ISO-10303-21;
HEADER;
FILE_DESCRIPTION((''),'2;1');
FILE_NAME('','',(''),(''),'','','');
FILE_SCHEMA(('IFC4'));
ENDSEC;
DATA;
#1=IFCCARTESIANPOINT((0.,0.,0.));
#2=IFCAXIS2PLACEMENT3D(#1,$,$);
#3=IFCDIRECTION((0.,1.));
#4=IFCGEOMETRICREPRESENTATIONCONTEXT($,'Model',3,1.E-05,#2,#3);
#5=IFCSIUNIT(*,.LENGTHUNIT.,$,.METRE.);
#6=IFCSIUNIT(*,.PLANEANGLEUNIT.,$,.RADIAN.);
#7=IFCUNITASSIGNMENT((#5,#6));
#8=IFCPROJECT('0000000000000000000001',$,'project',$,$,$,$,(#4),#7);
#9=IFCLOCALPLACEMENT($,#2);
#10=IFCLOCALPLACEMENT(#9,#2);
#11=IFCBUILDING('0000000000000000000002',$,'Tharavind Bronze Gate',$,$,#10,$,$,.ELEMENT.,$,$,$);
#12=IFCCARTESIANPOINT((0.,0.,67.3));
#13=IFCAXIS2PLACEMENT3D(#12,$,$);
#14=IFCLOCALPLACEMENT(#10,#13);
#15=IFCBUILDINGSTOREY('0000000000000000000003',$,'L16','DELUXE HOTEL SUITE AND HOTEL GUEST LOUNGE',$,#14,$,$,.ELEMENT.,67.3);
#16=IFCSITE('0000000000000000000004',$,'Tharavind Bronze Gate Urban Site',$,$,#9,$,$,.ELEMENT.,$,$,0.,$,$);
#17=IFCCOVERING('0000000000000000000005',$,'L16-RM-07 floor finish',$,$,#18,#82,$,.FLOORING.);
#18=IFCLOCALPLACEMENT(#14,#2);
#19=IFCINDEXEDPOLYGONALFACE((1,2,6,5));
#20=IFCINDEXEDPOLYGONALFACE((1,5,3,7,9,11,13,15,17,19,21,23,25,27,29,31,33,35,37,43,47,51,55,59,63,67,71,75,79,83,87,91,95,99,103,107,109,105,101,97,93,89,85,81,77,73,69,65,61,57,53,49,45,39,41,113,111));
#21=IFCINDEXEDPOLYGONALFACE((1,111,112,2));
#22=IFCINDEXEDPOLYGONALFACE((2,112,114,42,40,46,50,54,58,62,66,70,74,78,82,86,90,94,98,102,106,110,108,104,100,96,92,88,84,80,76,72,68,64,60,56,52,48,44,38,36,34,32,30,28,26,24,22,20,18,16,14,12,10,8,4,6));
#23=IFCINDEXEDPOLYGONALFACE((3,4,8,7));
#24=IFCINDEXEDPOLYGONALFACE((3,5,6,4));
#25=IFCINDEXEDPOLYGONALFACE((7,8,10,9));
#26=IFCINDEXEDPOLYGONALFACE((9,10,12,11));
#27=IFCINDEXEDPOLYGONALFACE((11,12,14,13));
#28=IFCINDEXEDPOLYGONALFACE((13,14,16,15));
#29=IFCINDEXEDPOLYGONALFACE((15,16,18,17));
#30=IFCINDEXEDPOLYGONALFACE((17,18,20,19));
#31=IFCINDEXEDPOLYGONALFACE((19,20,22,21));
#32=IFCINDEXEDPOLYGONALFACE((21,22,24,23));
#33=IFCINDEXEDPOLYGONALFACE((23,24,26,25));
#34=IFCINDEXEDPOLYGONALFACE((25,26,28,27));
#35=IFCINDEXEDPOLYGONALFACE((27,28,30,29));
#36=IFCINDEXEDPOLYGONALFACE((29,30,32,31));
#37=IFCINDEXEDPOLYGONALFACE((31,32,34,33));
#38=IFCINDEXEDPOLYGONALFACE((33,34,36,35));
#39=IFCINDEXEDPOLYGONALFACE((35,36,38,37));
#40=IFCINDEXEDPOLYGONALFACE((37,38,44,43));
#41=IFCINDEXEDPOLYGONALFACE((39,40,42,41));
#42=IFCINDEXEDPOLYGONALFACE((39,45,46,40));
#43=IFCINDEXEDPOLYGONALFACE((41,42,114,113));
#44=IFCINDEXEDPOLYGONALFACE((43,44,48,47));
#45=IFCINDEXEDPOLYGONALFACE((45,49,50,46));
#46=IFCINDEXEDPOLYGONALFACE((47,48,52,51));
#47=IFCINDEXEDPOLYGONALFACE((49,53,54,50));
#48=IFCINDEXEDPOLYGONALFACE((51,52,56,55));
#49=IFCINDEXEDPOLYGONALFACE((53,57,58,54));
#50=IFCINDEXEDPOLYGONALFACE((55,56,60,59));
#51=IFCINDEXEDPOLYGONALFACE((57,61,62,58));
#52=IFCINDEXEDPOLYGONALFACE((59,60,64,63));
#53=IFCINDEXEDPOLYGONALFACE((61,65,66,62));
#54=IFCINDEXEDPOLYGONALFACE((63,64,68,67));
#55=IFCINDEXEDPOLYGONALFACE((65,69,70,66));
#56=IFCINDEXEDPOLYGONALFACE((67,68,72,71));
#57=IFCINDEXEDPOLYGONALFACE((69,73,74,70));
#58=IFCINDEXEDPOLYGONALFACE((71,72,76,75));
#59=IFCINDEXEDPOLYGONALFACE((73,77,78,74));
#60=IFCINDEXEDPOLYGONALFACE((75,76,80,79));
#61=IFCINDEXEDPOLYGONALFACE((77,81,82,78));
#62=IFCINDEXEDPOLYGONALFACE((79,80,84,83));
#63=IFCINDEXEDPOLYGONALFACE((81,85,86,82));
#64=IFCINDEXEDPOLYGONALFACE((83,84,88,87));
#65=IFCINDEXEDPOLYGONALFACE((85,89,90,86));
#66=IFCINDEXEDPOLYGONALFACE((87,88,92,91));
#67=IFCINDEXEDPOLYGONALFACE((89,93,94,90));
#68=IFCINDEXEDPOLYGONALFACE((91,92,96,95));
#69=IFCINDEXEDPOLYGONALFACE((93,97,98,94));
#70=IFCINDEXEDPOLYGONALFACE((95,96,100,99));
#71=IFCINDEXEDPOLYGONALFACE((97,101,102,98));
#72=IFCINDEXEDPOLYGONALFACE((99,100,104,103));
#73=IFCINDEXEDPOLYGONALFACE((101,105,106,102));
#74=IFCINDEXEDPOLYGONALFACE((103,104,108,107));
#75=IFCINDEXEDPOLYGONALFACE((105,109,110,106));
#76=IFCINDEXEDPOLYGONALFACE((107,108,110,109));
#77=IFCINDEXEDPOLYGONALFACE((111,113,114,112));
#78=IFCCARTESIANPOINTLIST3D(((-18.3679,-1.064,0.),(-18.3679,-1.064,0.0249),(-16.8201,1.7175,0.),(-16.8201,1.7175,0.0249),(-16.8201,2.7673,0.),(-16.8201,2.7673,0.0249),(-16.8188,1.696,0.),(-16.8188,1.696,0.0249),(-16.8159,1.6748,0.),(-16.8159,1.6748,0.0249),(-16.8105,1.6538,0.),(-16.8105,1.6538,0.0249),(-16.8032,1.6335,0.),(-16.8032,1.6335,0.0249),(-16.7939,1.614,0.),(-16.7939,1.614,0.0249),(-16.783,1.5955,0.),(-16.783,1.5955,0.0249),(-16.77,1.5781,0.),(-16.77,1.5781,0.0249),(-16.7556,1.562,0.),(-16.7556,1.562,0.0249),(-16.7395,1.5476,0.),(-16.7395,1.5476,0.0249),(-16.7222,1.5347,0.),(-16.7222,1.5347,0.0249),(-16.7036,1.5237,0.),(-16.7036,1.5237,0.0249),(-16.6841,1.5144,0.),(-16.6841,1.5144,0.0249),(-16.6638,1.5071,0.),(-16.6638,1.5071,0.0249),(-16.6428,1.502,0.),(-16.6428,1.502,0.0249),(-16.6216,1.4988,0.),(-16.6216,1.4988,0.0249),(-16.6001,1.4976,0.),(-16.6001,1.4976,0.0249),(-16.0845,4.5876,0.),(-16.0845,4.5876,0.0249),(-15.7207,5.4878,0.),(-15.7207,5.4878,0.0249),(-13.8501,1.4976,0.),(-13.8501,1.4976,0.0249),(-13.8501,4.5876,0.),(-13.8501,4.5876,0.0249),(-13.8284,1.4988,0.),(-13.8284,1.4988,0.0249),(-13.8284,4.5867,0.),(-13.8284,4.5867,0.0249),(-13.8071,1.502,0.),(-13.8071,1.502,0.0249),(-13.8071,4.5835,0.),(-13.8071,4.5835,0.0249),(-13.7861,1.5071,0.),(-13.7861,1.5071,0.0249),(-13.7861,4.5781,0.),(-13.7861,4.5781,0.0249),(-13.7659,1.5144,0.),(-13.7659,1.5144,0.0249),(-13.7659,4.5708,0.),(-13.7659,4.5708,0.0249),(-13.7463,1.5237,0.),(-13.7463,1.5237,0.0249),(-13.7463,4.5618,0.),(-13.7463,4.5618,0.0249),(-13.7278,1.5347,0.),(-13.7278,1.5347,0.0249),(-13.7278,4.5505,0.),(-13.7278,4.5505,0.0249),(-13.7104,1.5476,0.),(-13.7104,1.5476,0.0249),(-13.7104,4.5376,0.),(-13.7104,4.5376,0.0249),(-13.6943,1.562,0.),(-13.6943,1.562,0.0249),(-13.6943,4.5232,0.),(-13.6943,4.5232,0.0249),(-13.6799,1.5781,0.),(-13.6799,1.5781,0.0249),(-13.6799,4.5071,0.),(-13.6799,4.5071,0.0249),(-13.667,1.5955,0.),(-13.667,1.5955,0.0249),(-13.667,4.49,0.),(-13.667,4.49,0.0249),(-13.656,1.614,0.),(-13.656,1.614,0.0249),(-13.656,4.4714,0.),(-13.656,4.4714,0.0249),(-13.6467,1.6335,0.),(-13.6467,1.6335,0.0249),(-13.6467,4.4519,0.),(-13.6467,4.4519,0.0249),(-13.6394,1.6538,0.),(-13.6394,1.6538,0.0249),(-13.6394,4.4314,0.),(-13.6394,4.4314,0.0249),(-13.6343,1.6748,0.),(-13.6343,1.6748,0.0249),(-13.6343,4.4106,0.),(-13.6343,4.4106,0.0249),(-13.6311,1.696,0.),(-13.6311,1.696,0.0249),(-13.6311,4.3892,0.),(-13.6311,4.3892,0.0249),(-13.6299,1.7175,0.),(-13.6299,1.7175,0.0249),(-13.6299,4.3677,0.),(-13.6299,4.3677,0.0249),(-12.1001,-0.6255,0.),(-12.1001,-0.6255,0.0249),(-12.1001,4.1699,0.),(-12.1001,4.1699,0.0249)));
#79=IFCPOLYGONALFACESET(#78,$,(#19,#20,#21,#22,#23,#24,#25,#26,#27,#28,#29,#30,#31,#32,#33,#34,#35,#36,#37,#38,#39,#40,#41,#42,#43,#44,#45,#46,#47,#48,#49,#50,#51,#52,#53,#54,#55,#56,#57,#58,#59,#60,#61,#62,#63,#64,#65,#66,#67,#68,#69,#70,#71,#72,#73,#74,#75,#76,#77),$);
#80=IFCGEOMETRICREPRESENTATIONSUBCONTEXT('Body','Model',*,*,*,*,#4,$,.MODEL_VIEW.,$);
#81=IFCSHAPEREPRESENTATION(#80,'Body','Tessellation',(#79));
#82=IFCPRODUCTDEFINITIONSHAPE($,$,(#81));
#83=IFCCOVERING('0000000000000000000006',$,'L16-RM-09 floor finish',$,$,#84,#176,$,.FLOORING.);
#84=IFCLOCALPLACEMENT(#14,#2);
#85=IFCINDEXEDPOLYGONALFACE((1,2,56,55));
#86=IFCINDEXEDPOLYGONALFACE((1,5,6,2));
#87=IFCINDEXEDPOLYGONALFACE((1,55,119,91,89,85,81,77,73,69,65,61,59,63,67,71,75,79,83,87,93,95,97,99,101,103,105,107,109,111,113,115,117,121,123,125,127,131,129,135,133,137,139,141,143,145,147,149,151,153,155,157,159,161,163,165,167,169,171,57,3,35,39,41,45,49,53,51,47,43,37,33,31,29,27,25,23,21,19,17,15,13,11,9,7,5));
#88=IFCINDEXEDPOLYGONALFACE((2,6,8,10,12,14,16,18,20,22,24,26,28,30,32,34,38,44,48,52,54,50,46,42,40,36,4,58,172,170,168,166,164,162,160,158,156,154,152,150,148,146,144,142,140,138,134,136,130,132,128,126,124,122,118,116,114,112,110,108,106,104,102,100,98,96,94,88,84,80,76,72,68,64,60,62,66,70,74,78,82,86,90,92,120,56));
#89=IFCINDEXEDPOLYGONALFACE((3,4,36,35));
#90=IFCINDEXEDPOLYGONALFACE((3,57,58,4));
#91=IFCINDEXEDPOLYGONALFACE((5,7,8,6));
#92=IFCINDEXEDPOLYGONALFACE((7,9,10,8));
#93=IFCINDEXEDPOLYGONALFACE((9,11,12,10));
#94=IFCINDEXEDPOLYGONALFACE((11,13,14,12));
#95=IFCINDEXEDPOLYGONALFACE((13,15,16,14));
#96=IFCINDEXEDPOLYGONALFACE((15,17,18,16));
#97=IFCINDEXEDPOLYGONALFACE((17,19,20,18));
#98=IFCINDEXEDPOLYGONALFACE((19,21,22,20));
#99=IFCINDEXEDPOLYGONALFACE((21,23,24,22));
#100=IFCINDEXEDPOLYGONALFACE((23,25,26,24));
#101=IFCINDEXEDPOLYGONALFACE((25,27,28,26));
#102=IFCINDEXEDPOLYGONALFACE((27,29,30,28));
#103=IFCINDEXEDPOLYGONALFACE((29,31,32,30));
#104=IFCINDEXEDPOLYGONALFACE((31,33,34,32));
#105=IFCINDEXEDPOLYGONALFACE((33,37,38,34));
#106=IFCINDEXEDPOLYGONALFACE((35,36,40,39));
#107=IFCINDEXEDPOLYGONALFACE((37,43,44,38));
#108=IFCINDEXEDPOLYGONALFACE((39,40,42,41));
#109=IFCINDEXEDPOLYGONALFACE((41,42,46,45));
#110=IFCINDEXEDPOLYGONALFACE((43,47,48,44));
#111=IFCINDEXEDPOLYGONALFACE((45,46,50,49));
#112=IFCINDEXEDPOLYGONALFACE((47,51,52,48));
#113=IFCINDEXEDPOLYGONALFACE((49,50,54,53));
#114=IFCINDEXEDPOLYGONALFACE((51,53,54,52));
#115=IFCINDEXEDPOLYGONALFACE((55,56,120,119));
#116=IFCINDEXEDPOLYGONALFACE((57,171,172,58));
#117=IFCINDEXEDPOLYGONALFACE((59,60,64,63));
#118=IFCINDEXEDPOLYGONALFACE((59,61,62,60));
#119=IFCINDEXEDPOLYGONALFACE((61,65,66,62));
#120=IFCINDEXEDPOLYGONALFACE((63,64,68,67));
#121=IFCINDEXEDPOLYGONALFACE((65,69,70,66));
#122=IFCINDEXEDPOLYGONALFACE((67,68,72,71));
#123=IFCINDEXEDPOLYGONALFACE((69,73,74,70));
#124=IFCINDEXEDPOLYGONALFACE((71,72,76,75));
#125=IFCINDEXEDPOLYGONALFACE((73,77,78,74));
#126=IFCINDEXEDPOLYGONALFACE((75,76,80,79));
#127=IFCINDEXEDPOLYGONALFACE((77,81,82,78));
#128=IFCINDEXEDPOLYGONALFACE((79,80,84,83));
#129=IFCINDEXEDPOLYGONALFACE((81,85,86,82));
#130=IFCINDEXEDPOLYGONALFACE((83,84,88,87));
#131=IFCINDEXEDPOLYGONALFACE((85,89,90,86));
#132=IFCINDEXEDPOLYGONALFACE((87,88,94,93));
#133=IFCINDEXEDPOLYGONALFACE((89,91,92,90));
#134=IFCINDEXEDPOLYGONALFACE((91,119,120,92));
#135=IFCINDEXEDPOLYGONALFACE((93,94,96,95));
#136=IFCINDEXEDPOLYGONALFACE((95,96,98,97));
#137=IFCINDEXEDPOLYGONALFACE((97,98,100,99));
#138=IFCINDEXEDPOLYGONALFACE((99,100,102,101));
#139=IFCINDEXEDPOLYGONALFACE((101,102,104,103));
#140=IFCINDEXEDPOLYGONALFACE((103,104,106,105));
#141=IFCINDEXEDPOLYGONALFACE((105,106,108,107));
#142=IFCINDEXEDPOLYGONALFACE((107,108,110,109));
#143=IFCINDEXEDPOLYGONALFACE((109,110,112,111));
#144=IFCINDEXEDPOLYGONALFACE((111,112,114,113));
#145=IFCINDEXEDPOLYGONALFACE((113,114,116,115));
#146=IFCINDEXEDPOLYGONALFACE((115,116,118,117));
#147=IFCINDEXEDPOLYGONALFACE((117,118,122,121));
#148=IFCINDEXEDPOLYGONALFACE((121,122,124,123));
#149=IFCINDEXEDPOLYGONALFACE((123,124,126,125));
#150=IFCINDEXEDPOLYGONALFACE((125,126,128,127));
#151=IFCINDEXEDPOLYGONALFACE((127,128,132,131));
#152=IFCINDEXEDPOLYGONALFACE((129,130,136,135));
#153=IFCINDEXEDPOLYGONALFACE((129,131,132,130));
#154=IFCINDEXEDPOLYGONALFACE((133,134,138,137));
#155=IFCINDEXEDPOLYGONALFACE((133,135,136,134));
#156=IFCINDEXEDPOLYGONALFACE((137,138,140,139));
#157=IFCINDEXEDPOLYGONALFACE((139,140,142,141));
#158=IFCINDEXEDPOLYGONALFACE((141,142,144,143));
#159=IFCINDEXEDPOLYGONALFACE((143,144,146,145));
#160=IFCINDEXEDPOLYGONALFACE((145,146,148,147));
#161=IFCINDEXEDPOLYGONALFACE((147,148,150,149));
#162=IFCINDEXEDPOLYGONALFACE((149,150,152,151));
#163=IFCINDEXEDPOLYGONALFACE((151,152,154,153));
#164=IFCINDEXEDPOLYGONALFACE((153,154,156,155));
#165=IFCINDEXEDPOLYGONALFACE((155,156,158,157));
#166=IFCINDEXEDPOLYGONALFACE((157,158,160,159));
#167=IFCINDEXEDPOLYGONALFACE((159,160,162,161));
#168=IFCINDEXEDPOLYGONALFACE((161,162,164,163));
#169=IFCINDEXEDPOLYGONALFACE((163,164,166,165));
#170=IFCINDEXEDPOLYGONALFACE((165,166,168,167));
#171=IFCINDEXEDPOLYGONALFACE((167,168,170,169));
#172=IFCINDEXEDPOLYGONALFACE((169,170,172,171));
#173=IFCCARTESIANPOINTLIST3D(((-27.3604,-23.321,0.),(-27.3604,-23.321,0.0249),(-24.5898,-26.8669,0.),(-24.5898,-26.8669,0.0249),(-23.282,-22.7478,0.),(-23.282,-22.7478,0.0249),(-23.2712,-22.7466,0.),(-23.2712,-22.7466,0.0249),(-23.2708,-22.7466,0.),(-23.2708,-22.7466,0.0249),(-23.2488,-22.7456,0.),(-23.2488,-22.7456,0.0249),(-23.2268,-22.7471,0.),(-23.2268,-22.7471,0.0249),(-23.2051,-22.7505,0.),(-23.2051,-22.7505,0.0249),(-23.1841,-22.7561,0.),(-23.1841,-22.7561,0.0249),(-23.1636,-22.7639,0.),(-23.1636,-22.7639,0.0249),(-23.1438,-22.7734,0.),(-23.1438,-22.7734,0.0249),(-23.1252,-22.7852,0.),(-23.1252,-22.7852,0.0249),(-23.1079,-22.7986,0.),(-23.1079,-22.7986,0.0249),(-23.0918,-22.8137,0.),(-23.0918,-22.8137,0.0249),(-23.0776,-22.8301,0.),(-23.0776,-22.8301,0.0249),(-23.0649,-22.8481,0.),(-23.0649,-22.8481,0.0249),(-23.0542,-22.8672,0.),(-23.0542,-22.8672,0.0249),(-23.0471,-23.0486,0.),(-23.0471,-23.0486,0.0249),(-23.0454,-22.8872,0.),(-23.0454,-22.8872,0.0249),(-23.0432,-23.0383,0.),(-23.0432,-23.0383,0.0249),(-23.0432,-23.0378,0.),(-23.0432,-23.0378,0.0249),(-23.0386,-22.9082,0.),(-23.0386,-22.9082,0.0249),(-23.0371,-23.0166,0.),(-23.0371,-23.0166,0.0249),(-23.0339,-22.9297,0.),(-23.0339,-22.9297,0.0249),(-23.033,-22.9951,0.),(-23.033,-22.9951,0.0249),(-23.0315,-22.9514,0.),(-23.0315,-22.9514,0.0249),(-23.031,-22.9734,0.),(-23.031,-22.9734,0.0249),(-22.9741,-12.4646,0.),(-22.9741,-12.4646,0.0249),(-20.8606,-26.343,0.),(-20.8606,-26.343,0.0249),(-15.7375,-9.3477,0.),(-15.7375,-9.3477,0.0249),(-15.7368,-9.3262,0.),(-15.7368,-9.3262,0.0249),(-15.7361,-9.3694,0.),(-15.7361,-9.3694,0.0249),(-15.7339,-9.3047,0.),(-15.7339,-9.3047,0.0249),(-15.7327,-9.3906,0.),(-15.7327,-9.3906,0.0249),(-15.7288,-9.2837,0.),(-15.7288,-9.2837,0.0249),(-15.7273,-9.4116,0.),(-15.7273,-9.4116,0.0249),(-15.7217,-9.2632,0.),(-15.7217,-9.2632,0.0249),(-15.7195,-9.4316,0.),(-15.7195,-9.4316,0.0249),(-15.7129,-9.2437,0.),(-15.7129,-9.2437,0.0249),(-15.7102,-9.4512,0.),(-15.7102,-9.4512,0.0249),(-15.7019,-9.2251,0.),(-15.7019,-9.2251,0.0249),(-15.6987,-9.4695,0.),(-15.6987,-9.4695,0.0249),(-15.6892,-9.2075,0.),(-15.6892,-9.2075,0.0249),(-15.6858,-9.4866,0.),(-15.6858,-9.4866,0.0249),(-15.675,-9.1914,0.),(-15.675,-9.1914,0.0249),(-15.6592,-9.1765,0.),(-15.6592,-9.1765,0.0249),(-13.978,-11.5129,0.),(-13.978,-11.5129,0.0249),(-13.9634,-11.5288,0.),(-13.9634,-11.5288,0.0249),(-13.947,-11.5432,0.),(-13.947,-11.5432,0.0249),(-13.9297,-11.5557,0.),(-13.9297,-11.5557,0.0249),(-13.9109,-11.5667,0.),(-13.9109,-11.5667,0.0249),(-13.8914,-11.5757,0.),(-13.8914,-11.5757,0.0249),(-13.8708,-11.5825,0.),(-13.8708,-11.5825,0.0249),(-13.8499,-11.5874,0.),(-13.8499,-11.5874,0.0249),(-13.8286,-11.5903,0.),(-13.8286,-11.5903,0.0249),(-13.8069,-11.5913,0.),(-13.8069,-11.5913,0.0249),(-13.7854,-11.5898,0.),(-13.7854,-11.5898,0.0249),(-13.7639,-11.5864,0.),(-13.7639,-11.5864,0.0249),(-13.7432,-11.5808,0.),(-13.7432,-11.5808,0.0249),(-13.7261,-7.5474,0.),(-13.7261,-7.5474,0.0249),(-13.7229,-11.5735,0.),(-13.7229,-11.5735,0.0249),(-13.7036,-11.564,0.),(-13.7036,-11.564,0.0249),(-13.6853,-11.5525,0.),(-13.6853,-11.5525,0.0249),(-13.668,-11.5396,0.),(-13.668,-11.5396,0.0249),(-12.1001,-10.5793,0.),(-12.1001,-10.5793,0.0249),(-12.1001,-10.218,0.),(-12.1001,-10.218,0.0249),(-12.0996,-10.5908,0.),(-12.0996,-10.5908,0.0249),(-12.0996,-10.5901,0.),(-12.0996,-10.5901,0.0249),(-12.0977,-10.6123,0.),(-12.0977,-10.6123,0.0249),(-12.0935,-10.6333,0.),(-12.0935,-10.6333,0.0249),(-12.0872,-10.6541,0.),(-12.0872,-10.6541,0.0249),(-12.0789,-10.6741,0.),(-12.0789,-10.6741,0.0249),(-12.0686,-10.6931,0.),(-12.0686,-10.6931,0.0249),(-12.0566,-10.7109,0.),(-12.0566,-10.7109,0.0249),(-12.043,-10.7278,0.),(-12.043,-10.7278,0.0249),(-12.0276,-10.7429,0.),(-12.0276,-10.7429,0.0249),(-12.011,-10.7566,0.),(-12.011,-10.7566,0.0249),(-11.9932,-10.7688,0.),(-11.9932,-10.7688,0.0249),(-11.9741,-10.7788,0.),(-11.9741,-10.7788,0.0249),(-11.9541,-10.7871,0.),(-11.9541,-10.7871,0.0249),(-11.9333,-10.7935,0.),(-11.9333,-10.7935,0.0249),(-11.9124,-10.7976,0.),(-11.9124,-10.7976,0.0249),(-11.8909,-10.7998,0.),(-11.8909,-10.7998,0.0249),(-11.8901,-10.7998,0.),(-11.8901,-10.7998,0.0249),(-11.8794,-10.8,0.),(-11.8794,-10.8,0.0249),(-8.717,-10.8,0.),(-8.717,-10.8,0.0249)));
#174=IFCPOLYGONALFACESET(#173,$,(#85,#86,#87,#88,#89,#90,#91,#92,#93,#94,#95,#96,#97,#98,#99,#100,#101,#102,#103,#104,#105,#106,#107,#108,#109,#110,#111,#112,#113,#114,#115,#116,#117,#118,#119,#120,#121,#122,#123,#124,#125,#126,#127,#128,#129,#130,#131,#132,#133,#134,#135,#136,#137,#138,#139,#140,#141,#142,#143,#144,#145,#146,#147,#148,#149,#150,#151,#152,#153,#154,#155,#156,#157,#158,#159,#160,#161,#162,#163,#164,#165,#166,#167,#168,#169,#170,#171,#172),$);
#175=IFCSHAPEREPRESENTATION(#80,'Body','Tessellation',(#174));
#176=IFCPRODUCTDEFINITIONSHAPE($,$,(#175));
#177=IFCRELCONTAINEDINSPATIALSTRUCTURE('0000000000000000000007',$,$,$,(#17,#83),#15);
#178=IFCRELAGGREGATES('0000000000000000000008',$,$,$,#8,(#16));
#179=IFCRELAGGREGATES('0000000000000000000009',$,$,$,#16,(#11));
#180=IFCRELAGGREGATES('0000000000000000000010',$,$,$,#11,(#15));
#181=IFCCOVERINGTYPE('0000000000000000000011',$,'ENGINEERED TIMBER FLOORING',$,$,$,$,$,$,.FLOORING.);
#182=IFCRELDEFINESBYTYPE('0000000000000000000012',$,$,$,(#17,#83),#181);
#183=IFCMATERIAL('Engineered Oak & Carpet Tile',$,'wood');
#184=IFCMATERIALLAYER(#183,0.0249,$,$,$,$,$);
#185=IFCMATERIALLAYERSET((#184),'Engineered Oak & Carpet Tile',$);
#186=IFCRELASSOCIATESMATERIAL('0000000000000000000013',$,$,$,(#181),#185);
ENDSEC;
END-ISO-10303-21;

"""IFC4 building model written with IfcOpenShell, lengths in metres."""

from ifc_helpers import new_model, si_unit, direction, frame, origin, place, context, subcontext, project, spatial, polyline, outline, extrude, material, layer, layer_set, type_object, element, save


model = new_model("IFC4")

# Units and contexts
model_context = context("Model", 3, precision=1e-05, world=origin(), true_north=direction((0.0, 1.0)))
body_context = subcontext(model_context, "Body", "Model", "MODEL_VIEW")
ifc_project = project(units=[si_unit("LENGTHUNIT", "METRE"), si_unit("PLANEANGLEUNIT", "RADIAN")], contexts=[model_context])

# Site, building, storey
site_placement = place(None, origin())
site = spatial("IfcSite", under=ifc_project, at=site_placement, Name="Tharavind Bronze Gate Urban Site", CompositionType="ELEMENT", RefElevation=0.0)
building_placement = place(site_placement, origin())
building = spatial("IfcBuilding", under=site, at=building_placement, Name="Tharavind Bronze Gate", CompositionType="ELEMENT")
storey_placement = place(building_placement, frame((0.0, 0.0, 67.3)))
storey = spatial("IfcBuildingStorey", under=building, at=storey_placement, Name="L16", Description="DELUXE HOTEL SUITE AND HOTEL GUEST LOUNGE", CompositionType="ELEMENT", Elevation=67.3)

# Coverings
ifc_material_1 = material(Name="Engineered Oak & Carpet Tile", Category="wood")
ifc_layer_1 = layer(ifc_material_1, 0.0249)
ifc_layer_set_1 = layer_set([ifc_layer_1], Name="Engineered Oak & Carpet Tile")
covering_type_1 = type_object("IfcCoveringType", Name="ENGINEERED TIMBER FLOORING", PredefinedType="FLOORING", material=ifc_layer_set_1)
covering_1_placement = place(storey_placement, origin())
element("IfcCovering", 1, at=covering_1_placement, inside=storey, type_object=covering_type_1, Name="L16-RM-07 floor finish", PredefinedType="FLOORING", context=body_context, shape_type="SweptSolid", body=[
    extrude(outline(polyline([(-12.1001, -0.6255), (-12.1001, 4.1699), (-15.7207, 5.4878), (-16.0845, 4.5876), (-13.8501, 4.5876), (-13.8284, 4.5867), (-13.8071, 4.5835), (-13.7861, 4.5781), (-13.7659, 4.5708), (-13.7463, 4.5618), (-13.7278, 4.5505), (-13.7104, 4.5376), (-13.6943, 4.5232), (-13.6799, 4.5071), (-13.667, 4.49), (-13.656, 4.4714), (-13.6467, 4.4519), (-13.6394, 4.4314), (-13.6343, 4.4106), (-13.6311, 4.3892), (-13.6299, 4.3677), (-13.6299, 1.7175), (-13.6311, 1.696), (-13.6343, 1.6748), (-13.6394, 1.6538), (-13.6467, 1.6335), (-13.656, 1.614), (-13.667, 1.5955), (-13.6799, 1.5781), (-13.6943, 1.562), (-13.7104, 1.5476), (-13.7278, 1.5347), (-13.7463, 1.5237), (-13.7659, 1.5144), (-13.7861, 1.5071), (-13.8071, 1.502), (-13.8284, 1.4988), (-13.8501, 1.4976), (-16.6001, 1.4976), (-16.6216, 1.4988), (-16.6428, 1.502), (-16.6638, 1.5071), (-16.6841, 1.5144), (-16.7036, 1.5237), (-16.7222, 1.5347), (-16.7395, 1.5476), (-16.7556, 1.562), (-16.77, 1.5781), (-16.783, 1.5955), (-16.7939, 1.614), (-16.8032, 1.6335), (-16.8105, 1.6538), (-16.8159, 1.6748), (-16.8188, 1.696), (-16.8201, 1.7175), (-16.8201, 2.7673), (-18.3679, -1.064), (-12.1001, -0.6255)])), origin(), (0.0, 0.0, 1.0), 0.0249),
])
covering_2_placement = place(storey_placement, origin())
element("IfcCovering", 2, at=covering_2_placement, inside=storey, type_object=covering_type_1, Name="L16-RM-09 floor finish", PredefinedType="FLOORING", context=body_context, shape_type="SweptSolid", body=[
    extrude(outline(polyline([(-23.282, -22.7478), (-23.2712, -22.7466), (-23.2708, -22.7466), (-23.2488, -22.7456), (-23.2268, -22.7471), (-23.2051, -22.7505), (-23.1841, -22.7561), (-23.1636, -22.7639), (-23.1438, -22.7734), (-23.1252, -22.7852), (-23.1079, -22.7986), (-23.0918, -22.8137), (-23.0776, -22.8301), (-23.0649, -22.8481), (-23.0542, -22.8672), (-23.0454, -22.8872), (-23.0386, -22.9082), (-23.0339, -22.9297), (-23.0315, -22.9514), (-23.031, -22.9734), (-23.033, -22.9951), (-23.0371, -23.0166), (-23.0432, -23.0378), (-23.0432, -23.0383), (-23.0471, -23.0486), (-24.5898, -26.8669), (-20.8606, -26.343), (-8.717, -10.8), (-11.8794, -10.8), (-11.8901, -10.7998), (-11.8909, -10.7998), (-11.9124, -10.7976), (-11.9333, -10.7935), (-11.9541, -10.7871), (-11.9741, -10.7788), (-11.9932, -10.7688), (-12.011, -10.7566), (-12.0276, -10.7429), (-12.043, -10.7278), (-12.0566, -10.7109), (-12.0686, -10.6931), (-12.0789, -10.6741), (-12.0872, -10.6541), (-12.0935, -10.6333), (-12.0977, -10.6123), (-12.0996, -10.5908), (-12.0996, -10.5901), (-12.1001, -10.5793), (-12.1001, -10.218), (-13.668, -11.5396), (-13.6853, -11.5525), (-13.7036, -11.564), (-13.7229, -11.5735), (-13.7432, -11.5808), (-13.7639, -11.5864), (-13.7854, -11.5898), (-13.8069, -11.5913), (-13.8286, -11.5903), (-13.8499, -11.5874), (-13.8708, -11.5825), (-13.8914, -11.5757), (-13.9109, -11.5667), (-13.9297, -11.5557), (-13.947, -11.5432), (-13.9634, -11.5288), (-13.978, -11.5129), (-15.6858, -9.4866), (-15.6987, -9.4695), (-15.7102, -9.4512), (-15.7195, -9.4316), (-15.7273, -9.4116), (-15.7327, -9.3906), (-15.7361, -9.3694), (-15.7375, -9.3477), (-15.7368, -9.3262), (-15.7339, -9.3047), (-15.7288, -9.2837), (-15.7217, -9.2632), (-15.7129, -9.2437), (-15.7019, -9.2251), (-15.6892, -9.2075), (-15.675, -9.1914), (-15.6592, -9.1765), (-13.7261, -7.5474), (-22.9741, -12.4646), (-27.3604, -23.321), (-23.282, -22.7478)])), origin(), (0.0, 0.0, 1.0), 0.0249),
])

save(model, "model.ifc")
